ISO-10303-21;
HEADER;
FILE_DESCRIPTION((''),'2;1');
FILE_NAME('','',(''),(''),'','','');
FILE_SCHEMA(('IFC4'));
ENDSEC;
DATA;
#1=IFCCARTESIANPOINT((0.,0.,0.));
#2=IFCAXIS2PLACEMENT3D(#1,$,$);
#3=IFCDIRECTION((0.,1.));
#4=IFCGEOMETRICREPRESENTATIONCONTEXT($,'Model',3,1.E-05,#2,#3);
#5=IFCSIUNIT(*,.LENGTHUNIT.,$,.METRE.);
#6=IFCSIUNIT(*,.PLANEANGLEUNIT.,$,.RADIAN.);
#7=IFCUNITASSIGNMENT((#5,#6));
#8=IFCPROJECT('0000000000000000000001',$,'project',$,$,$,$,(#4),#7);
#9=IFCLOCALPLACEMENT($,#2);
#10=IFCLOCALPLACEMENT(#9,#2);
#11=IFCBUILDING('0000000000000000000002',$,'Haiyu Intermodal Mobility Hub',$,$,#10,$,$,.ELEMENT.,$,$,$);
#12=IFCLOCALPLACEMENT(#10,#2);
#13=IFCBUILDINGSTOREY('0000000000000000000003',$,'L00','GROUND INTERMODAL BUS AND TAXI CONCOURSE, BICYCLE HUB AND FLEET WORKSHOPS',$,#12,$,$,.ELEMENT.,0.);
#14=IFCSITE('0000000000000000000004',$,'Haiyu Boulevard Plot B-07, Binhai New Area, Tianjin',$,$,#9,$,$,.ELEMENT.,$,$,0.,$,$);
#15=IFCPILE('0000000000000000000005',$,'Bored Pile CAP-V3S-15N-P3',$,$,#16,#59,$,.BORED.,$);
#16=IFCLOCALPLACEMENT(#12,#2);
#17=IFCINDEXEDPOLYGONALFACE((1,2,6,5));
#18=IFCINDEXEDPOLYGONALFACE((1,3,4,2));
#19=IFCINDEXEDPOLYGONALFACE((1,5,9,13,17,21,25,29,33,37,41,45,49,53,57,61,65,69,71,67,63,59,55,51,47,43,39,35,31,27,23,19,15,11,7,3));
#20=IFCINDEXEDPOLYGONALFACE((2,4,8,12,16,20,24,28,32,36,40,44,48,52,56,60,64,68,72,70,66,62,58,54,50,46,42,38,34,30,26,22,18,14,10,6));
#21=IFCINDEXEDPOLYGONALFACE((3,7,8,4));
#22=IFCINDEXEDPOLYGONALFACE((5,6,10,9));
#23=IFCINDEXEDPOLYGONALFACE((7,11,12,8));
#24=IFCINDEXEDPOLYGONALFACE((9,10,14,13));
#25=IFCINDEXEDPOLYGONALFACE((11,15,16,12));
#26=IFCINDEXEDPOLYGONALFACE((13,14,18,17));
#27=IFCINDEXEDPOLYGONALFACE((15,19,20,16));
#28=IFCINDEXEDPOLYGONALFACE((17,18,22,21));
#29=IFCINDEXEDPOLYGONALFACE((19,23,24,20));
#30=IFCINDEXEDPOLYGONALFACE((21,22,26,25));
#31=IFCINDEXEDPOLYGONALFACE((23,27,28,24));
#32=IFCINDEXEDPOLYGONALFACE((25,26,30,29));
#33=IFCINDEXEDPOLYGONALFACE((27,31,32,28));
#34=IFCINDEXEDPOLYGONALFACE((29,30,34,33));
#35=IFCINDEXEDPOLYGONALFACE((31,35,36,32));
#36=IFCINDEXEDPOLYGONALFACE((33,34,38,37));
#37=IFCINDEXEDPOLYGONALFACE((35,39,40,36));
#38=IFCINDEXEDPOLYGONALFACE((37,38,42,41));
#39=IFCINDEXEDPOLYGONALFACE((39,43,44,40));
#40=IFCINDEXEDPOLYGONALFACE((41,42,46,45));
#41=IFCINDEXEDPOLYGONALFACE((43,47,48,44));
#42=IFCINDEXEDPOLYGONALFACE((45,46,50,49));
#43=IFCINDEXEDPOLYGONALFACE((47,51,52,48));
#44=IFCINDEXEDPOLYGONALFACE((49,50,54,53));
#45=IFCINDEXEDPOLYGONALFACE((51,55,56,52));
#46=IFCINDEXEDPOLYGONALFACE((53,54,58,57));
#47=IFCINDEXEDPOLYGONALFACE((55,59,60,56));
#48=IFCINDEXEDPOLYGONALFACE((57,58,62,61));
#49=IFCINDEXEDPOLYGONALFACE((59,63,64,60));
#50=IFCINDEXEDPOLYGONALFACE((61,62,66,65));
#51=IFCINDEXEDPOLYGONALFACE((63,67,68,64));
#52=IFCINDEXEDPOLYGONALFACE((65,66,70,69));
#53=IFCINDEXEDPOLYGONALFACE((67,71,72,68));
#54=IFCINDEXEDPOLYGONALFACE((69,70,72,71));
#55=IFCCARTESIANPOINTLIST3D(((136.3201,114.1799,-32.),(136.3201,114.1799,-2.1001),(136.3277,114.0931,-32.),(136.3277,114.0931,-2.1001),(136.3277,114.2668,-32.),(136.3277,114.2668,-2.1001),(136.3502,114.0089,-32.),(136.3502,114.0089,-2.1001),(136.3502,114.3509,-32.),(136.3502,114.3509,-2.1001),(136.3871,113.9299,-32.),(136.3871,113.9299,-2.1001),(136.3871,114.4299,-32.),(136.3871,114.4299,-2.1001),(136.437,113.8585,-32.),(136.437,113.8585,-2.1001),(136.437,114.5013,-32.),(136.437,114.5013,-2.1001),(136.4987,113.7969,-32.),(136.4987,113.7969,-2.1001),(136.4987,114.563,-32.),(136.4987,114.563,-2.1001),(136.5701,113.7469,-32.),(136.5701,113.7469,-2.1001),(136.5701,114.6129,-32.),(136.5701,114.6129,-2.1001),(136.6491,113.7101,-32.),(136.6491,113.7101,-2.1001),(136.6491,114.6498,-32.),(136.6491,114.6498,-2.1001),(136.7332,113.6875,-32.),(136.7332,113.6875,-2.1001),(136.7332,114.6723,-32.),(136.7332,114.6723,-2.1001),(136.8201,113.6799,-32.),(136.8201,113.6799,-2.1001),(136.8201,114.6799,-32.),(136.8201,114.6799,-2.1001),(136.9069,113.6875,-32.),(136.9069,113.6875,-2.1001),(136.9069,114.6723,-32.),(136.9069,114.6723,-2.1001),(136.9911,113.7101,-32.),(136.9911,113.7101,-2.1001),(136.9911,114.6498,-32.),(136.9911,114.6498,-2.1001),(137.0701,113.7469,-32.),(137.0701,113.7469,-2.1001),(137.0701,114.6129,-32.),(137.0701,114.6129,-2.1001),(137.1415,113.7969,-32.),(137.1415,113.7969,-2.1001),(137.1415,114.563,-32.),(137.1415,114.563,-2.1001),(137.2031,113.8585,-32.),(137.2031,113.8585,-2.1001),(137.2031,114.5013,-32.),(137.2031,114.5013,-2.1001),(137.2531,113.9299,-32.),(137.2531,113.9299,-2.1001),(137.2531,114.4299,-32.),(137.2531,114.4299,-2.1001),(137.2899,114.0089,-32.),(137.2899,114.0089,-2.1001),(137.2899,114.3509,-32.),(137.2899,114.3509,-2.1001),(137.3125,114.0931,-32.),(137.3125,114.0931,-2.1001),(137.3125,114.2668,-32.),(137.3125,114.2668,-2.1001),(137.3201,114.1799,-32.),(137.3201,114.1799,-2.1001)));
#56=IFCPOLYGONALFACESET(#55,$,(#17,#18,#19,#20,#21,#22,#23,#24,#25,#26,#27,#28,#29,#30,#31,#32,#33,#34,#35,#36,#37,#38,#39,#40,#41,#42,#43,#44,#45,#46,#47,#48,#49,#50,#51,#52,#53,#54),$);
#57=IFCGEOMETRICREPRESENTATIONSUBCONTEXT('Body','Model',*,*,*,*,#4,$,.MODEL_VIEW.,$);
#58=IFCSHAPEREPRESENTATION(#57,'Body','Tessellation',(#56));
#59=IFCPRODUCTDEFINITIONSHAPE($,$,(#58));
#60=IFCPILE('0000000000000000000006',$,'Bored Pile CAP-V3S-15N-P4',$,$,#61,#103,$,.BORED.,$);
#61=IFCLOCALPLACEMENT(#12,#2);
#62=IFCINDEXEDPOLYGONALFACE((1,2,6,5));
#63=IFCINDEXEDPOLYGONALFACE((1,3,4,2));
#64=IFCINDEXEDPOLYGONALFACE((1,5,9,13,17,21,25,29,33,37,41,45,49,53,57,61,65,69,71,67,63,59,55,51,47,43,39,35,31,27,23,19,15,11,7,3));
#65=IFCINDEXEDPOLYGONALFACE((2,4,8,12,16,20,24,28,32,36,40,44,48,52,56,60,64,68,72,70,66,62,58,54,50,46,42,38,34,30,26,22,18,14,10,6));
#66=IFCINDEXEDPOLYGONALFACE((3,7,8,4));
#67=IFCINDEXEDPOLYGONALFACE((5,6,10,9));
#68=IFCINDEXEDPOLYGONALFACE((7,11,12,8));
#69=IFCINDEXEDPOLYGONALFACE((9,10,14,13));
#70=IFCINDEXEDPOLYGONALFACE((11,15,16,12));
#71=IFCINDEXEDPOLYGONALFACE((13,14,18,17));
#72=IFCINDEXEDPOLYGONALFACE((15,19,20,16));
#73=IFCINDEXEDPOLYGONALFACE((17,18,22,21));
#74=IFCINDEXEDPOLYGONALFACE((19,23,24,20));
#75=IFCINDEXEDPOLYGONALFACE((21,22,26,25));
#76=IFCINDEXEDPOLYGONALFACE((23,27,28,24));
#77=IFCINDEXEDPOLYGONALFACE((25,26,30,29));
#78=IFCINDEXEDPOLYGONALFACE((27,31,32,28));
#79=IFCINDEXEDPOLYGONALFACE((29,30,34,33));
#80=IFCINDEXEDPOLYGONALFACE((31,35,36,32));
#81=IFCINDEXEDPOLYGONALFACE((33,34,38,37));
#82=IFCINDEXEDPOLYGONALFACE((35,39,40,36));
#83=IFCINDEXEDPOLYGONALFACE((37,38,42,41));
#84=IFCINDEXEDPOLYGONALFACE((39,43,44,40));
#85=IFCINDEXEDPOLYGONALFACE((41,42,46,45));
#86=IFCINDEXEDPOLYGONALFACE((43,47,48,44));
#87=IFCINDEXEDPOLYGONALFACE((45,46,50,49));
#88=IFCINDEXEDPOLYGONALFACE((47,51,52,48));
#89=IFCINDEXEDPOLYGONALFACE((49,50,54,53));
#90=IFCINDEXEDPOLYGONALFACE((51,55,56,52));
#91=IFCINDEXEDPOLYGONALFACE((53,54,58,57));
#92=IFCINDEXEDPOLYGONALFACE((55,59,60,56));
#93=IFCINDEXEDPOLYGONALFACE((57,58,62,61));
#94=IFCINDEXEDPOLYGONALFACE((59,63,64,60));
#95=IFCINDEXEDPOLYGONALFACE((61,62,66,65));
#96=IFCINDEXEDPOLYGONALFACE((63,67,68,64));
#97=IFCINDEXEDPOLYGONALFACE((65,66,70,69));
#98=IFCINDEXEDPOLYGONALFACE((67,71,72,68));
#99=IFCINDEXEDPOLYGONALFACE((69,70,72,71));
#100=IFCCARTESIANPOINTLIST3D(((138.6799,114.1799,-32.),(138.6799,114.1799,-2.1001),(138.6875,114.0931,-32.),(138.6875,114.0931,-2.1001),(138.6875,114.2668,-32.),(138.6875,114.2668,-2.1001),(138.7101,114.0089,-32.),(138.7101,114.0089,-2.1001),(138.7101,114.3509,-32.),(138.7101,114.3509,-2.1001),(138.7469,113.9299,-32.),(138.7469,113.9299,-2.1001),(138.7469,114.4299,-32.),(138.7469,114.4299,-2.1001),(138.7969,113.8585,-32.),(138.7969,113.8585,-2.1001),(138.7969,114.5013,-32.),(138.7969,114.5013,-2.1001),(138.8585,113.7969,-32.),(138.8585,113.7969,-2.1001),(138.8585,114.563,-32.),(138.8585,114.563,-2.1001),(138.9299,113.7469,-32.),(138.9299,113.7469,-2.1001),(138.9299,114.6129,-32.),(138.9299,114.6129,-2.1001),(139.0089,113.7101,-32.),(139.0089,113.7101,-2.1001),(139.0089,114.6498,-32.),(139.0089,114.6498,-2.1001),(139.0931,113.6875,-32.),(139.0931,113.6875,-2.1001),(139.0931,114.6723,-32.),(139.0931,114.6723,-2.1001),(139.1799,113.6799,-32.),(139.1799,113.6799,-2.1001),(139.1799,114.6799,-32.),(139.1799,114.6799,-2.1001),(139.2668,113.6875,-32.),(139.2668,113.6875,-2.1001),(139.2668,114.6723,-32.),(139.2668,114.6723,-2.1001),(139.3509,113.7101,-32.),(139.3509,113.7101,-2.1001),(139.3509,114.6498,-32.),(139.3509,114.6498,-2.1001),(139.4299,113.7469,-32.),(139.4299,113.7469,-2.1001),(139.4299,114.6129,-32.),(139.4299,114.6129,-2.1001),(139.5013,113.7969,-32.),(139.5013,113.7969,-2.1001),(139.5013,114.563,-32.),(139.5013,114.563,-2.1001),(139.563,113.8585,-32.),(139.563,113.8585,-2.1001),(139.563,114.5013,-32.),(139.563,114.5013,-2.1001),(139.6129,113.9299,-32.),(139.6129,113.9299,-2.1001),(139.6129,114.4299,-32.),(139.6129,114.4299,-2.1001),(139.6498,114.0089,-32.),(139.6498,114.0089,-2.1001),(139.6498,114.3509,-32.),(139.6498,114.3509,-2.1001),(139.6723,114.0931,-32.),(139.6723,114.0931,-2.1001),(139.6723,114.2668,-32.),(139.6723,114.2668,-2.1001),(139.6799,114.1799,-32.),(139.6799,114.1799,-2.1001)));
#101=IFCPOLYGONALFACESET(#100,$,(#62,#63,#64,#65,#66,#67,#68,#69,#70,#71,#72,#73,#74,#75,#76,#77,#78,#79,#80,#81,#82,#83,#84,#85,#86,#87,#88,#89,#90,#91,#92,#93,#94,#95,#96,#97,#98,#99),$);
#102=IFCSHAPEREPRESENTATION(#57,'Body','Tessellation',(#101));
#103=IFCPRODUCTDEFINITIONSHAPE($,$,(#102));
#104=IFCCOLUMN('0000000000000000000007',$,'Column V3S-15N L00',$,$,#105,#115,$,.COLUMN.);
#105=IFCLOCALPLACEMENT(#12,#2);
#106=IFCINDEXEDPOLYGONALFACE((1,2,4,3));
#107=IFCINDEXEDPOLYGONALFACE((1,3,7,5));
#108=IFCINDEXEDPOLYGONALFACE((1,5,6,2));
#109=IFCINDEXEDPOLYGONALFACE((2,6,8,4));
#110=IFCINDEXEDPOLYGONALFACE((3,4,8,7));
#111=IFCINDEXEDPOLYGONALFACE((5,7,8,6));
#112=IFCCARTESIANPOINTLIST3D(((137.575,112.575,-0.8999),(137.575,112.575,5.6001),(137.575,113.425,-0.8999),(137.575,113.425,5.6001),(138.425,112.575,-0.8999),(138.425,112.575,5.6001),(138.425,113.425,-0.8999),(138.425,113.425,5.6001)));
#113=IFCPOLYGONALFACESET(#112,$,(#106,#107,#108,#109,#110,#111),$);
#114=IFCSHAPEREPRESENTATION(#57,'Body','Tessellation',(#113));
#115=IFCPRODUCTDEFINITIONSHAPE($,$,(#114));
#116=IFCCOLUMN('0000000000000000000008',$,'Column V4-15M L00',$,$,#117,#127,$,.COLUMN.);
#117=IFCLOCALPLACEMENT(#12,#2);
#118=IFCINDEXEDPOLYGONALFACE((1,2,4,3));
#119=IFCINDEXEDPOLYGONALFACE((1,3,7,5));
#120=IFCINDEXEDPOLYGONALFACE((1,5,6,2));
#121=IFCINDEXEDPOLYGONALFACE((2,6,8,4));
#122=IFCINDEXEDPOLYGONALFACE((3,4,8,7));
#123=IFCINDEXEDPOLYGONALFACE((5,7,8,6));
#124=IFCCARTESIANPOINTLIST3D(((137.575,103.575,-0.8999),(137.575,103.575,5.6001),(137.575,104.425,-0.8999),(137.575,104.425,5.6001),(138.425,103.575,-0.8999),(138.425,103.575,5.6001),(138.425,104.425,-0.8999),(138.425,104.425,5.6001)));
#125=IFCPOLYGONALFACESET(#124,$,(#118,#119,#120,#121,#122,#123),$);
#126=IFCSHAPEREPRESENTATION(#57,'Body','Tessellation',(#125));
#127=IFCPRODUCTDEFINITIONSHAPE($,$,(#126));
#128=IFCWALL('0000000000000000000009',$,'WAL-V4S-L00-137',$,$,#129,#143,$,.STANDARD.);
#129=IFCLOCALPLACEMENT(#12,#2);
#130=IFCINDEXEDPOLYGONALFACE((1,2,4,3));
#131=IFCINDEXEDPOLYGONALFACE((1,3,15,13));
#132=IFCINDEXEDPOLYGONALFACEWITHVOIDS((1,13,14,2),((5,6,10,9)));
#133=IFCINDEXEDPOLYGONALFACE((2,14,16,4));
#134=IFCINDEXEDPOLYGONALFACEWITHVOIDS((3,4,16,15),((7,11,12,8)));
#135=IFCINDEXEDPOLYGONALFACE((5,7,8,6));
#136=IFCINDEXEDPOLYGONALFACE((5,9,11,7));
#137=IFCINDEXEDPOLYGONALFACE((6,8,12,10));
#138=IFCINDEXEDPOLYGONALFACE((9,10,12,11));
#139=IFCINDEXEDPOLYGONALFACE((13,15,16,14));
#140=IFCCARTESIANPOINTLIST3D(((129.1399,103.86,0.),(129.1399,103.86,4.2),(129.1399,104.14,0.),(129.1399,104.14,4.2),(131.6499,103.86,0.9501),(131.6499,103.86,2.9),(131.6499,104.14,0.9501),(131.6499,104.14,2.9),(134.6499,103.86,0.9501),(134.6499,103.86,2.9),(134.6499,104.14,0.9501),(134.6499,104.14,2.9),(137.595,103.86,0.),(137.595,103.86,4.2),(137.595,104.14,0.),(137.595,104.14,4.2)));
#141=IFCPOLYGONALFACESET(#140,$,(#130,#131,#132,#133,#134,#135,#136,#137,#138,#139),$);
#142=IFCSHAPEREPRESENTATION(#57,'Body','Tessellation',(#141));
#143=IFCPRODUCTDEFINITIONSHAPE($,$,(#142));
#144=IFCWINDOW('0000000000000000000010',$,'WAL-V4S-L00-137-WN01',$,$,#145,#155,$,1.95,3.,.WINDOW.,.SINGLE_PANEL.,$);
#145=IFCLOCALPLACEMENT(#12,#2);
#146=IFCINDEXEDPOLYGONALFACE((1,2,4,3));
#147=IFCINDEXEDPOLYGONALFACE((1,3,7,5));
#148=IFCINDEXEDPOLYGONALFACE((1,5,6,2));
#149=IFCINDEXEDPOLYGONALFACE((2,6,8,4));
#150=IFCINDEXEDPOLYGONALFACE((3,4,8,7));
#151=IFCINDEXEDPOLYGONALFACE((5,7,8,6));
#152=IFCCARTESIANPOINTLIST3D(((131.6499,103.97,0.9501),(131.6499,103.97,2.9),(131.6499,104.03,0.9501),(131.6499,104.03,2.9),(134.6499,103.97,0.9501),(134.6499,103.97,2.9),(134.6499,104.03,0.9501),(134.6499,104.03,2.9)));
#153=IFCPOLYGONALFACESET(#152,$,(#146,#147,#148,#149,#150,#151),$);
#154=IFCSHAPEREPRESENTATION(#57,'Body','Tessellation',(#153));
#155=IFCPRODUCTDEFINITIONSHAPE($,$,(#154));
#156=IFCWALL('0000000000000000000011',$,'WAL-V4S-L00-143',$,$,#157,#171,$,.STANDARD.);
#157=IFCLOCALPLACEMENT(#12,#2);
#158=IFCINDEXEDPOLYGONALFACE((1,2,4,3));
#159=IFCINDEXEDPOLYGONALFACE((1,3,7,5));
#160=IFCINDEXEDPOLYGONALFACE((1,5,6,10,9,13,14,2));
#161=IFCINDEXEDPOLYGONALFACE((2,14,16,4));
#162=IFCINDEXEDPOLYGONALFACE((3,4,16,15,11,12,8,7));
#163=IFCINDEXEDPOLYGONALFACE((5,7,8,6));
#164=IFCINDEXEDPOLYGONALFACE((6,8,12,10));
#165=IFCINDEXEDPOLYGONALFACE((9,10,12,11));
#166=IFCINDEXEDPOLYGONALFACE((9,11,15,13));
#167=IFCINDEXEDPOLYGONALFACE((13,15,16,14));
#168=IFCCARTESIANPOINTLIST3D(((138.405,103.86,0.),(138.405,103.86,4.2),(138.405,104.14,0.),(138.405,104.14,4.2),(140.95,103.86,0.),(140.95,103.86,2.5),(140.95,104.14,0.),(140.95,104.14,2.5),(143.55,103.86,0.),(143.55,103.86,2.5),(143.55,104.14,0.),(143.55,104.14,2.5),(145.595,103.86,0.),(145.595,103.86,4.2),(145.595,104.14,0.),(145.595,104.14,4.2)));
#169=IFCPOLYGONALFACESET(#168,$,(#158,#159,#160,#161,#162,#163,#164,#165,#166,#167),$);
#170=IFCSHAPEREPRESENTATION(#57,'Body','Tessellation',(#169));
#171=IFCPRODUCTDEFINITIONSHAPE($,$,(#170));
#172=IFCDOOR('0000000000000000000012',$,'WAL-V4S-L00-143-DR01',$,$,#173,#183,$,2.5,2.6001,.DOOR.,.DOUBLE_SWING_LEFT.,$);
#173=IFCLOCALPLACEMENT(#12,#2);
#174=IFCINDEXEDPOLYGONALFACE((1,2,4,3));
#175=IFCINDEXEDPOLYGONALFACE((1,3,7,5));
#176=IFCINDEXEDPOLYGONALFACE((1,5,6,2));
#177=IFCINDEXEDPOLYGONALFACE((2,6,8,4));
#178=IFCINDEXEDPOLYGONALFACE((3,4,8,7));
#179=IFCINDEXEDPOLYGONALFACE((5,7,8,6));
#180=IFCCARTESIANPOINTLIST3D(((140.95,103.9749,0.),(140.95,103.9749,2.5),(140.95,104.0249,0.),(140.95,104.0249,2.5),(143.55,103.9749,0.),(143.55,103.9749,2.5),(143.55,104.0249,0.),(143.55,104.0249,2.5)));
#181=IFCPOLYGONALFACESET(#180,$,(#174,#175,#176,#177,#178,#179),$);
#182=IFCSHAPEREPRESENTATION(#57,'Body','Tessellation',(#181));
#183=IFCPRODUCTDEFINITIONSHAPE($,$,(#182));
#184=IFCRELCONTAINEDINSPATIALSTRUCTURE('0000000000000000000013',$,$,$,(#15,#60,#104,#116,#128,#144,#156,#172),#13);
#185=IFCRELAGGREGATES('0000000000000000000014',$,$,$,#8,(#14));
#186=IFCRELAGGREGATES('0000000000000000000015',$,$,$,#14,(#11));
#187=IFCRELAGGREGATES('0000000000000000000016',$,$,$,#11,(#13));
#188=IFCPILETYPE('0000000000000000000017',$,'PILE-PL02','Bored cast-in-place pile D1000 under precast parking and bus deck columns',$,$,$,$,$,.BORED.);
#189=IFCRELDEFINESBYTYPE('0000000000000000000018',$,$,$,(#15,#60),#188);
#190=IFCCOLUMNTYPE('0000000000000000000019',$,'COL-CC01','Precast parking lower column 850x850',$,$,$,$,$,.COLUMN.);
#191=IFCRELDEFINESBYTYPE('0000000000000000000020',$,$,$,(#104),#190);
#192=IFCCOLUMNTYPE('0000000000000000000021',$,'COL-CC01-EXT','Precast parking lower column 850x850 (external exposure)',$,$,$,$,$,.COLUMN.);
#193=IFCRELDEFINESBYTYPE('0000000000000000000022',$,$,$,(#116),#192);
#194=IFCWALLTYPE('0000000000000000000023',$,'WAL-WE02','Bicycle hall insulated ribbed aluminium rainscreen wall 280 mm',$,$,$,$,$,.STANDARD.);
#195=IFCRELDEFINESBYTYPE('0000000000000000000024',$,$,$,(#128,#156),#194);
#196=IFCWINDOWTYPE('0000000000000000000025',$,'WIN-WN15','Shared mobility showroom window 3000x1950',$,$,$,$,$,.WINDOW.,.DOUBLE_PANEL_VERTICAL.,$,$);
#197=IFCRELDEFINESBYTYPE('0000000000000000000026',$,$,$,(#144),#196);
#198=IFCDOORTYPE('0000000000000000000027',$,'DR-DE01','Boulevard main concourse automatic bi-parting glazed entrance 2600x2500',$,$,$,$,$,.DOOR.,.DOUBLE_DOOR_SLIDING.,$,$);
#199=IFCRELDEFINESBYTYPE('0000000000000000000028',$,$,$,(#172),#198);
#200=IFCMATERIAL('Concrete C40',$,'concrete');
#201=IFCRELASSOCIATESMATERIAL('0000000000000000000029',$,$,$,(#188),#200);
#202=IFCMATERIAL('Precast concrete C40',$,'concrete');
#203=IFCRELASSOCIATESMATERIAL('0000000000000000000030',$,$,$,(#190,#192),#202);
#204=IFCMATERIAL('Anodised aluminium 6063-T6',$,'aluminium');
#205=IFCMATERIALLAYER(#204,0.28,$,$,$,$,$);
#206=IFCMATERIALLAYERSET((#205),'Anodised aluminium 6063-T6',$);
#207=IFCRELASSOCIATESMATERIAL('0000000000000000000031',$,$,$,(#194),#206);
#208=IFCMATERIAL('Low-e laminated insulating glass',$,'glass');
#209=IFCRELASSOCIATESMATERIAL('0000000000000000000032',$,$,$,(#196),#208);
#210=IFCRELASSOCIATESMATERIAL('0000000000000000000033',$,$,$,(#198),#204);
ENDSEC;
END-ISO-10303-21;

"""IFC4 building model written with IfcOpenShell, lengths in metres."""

from ifc_helpers import new_model, si_unit, direction, frame, frame_2d, origin, origin_2d, place, context, subcontext, project, spatial, rectangle, circle, extrude, material, layer, layer_set, material_profile, profile_set, type_object, element, fill, save


model = new_model("IFC4")

# Units and contexts
model_context = context("Model", 3, precision=1e-05, world=origin(), true_north=direction((0.0, 1.0)))
body_context = subcontext(model_context, "Body", "Model", "MODEL_VIEW")
ifc_project = project(units=[si_unit("LENGTHUNIT", "METRE"), si_unit("PLANEANGLEUNIT", "RADIAN")], contexts=[model_context])

# Site, building, storey
site_placement = place(None, origin())
site = spatial("IfcSite", under=ifc_project, at=site_placement, Name="Haiyu Boulevard Plot B-07, Binhai New Area, Tianjin", CompositionType="ELEMENT", RefElevation=0.0)
building_placement = place(site_placement, origin())
building = spatial("IfcBuilding", under=site, at=building_placement, Name="Haiyu Intermodal Mobility Hub", CompositionType="ELEMENT")
storey_placement = place(building_placement, origin())
storey = spatial("IfcBuildingStorey", under=building, at=storey_placement, Name="L00", Description="GROUND INTERMODAL BUS AND TAXI CONCOURSE, BICYCLE HUB AND FLEET WORKSHOPS", CompositionType="ELEMENT", Elevation=0.0)

# Shared definitions
ifc_material_1 = material(Name="Concrete C40", Category="concrete")

# Piles
ifc_material_profile_1 = material_profile(ifc_material_1, circle(Radius=0.5, at=origin_2d()), Name="PILE-D1000")
ifc_profile_set_1 = profile_set([ifc_material_profile_1], Name="Concrete C40")
pile_type_1 = type_object("IfcPileType", Name="PILE-PL02", Description="Bored cast-in-place pile D1000 under precast parking and bus deck columns", PredefinedType="BORED", material=ifc_profile_set_1)
for number, where, z_axis, x_axis, name in (
    (1, (136.8201, 114.1799, -2.1001), (0.0, 0.0, -1.0), (1.0, 0.0, 0.0), "Bored Pile CAP-V3S-15N-P3"),
    (2, (139.1799, 114.1799, -2.1001), (0.0, 0.0, -1.0), (1.0, 0.0, 0.0), "Bored Pile CAP-V3S-15N-P4"),
):
    element("IfcPile", number, at=place(storey_placement, frame(where, z_axis=z_axis, x_axis=x_axis)), inside=storey, type_object=pile_type_1, Name=name, PredefinedType="BORED", context=body_context, shape_type="SweptSolid", body=[
        extrude(circle(Radius=0.5, at=origin_2d()), origin(), (0.0, 0.0, 1.0), 29.8999),
    ])

# Columns
ifc_material_2 = material(Name="Precast concrete C40", Category="concrete")
ifc_material_profile_2 = material_profile(ifc_material_2, rectangle(XDim=0.8501, YDim=0.8501, at=origin_2d()), Name="RC850x850")
ifc_profile_set_2 = profile_set([ifc_material_profile_2], Name="Precast concrete C40")
column_type_1 = type_object("IfcColumnType", Name="COL-CC01", Description="Precast parking lower column 850x850", PredefinedType="COLUMN", material=ifc_profile_set_2)
column_1_placement = place(storey_placement, frame((138.0, 113.0, -0.8999), z_axis=(0.0, 0.0, 1.0), x_axis=(1.0, 0.0, 0.0)))
element("IfcColumn", 3, at=column_1_placement, inside=storey, type_object=column_type_1, Name="Column V3S-15N L00", PredefinedType="COLUMN", context=body_context, shape_type="SweptSolid", body=[
    extrude(rectangle(XDim=0.8501, YDim=0.8501, at=origin_2d()), origin(), (0.0, 0.0, 1.0), 6.5),
])
ifc_material_profile_3 = material_profile(ifc_material_2, rectangle(XDim=0.8501, YDim=0.8501, at=origin_2d()), Name="RC850x850")
ifc_profile_set_3 = profile_set([ifc_material_profile_3], Name="Precast concrete C40")
column_type_2 = type_object("IfcColumnType", Name="COL-CC01-EXT", Description="Precast parking lower column 850x850 (external exposure)", PredefinedType="COLUMN", material=ifc_profile_set_3)
column_2_placement = place(storey_placement, frame((138.0, 104.0, -0.8999), z_axis=(0.0, 0.0, 1.0), x_axis=(1.0, 0.0, 0.0)))
element("IfcColumn", 4, at=column_2_placement, inside=storey, type_object=column_type_2, Name="Column V4-15M L00", PredefinedType="COLUMN", context=body_context, shape_type="SweptSolid", body=[
    extrude(rectangle(XDim=0.8501, YDim=0.8501, at=origin_2d()), origin(), (0.0, 0.0, 1.0), 6.5),
])

# Wall, opening, window
ifc_material_3 = material(Name="Anodised aluminium 6063-T6", Category="aluminium")
ifc_layer_1 = layer(ifc_material_3, 0.28)
ifc_layer_set_1 = layer_set([ifc_layer_1], Name="Anodised aluminium 6063-T6")
wall_type_1 = type_object("IfcWallType", Name="WAL-WE02", Description="Bicycle hall insulated ribbed aluminium rainscreen wall 280 mm", PredefinedType="STANDARD", material=ifc_layer_set_1)
wall_1_placement = place(storey_placement, frame((129.1399, 104.0, 0.0), z_axis=(0.0, 0.0, 1.0), x_axis=(1.0, 0.0, 0.0)))
wall_1 = element("IfcWall", 5, at=wall_1_placement, inside=storey, type_object=wall_type_1, Name="WAL-V4S-L00-137", PredefinedType="STANDARD", context=body_context, shape_type="SweptSolid", body=[
    extrude(rectangle(XDim=8.4551, YDim=0.28, at=frame_2d((4.2275, 0.0))), origin(), (0.0, 0.0, 1.0), 4.2),
])
opening_1_placement = place(wall_1_placement, frame((2.51, 0.0, 0.95)))
opening_1 = element("IfcOpeningElement", 6, at=opening_1_placement, cuts=wall_1, PredefinedType="OPENING", context=body_context, shape_type="SweptSolid", body=[
    extrude(rectangle(XDim=3.0, YDim=1.95, at=frame_2d((1.5, 0.9751))), frame((0.0, 0.1499, 0.0), z_axis=(0.0, -1.0, 0.0), x_axis=(1.0, 0.0, 0.0)), (0.0, 0.0, 1.0), 0.3),
])
ifc_material_4 = material(Name="Low-e laminated insulating glass", Category="glass")
window_type = type_object("IfcWindowType", Name="WIN-WN15", Description="Shared mobility showroom window 3000x1950", PartitioningType="DOUBLE_PANEL_VERTICAL", PredefinedType="WINDOW", material=ifc_material_4)
window_placement = place(opening_1_placement, origin())
window = element("IfcWindow", 7, at=window_placement, inside=storey, type_object=window_type, Name="WAL-V4S-L00-137-WN01", OverallHeight=1.95, OverallWidth=3.0, PartitioningType="SINGLE_PANEL", PredefinedType="WINDOW", context=body_context, shape_type="SweptSolid", body=[
    extrude(rectangle(XDim=3.0, YDim=1.95, at=frame_2d((1.5, 0.9751))), frame((0.0, 0.03, 0.0), z_axis=(0.0, -1.0, 0.0), x_axis=(1.0, 0.0, 0.0)), (0.0, 0.0, 1.0), 0.0601),
])
fill(opening_1, window)

# Wall, opening, door
wall_2_placement = place(storey_placement, frame((138.405, 104.0, 0.0), z_axis=(0.0, 0.0, 1.0), x_axis=(1.0, 0.0, 0.0)))
wall_2 = element("IfcWall", 8, at=wall_2_placement, inside=storey, type_object=wall_type_1, Name="WAL-V4S-L00-143", PredefinedType="STANDARD", context=body_context, shape_type="SweptSolid", body=[
    extrude(rectangle(XDim=7.1899, YDim=0.28, at=frame_2d((3.595, 0.0))), origin(), (0.0, 0.0, 1.0), 4.2),
])
opening_2_placement = place(wall_2_placement, frame((2.5449, 0.0, 0.0)))
opening_2 = element("IfcOpeningElement", 9, at=opening_2_placement, cuts=wall_2, PredefinedType="OPENING", context=body_context, shape_type="SweptSolid", body=[
    extrude(rectangle(XDim=2.6001, YDim=2.5, at=frame_2d((1.3, 1.25))), frame((0.0, 0.1499, 0.0), z_axis=(0.0, -1.0, 0.0), x_axis=(1.0, 0.0, 0.0)), (0.0, 0.0, 1.0), 0.3),
])
door_type_1 = type_object("IfcDoorType", Name="DR-DE01", Description="Boulevard main concourse automatic bi-parting glazed entrance 2600x2500", OperationType="DOUBLE_DOOR_SLIDING", PredefinedType="DOOR", material=ifc_material_3)
door_1_placement = place(opening_2_placement, origin())
door_1 = element("IfcDoor", 10, at=door_1_placement, inside=storey, type_object=door_type_1, Name="WAL-V4S-L00-143-DR01", OperationType="DOUBLE_SWING_LEFT", OverallHeight=2.5, OverallWidth=2.6001, PredefinedType="DOOR", context=body_context, shape_type="SweptSolid", body=[
    extrude(rectangle(XDim=2.6001, YDim=2.5, at=frame_2d((1.3, 1.25))), frame((0.0, 0.0249, 0.0), z_axis=(0.0, -1.0, 0.0), x_axis=(1.0, 0.0, 0.0)), (0.0, 0.0, 1.0), 0.05),
])
fill(opening_2, door_1)

save(model, "model.ifc")
